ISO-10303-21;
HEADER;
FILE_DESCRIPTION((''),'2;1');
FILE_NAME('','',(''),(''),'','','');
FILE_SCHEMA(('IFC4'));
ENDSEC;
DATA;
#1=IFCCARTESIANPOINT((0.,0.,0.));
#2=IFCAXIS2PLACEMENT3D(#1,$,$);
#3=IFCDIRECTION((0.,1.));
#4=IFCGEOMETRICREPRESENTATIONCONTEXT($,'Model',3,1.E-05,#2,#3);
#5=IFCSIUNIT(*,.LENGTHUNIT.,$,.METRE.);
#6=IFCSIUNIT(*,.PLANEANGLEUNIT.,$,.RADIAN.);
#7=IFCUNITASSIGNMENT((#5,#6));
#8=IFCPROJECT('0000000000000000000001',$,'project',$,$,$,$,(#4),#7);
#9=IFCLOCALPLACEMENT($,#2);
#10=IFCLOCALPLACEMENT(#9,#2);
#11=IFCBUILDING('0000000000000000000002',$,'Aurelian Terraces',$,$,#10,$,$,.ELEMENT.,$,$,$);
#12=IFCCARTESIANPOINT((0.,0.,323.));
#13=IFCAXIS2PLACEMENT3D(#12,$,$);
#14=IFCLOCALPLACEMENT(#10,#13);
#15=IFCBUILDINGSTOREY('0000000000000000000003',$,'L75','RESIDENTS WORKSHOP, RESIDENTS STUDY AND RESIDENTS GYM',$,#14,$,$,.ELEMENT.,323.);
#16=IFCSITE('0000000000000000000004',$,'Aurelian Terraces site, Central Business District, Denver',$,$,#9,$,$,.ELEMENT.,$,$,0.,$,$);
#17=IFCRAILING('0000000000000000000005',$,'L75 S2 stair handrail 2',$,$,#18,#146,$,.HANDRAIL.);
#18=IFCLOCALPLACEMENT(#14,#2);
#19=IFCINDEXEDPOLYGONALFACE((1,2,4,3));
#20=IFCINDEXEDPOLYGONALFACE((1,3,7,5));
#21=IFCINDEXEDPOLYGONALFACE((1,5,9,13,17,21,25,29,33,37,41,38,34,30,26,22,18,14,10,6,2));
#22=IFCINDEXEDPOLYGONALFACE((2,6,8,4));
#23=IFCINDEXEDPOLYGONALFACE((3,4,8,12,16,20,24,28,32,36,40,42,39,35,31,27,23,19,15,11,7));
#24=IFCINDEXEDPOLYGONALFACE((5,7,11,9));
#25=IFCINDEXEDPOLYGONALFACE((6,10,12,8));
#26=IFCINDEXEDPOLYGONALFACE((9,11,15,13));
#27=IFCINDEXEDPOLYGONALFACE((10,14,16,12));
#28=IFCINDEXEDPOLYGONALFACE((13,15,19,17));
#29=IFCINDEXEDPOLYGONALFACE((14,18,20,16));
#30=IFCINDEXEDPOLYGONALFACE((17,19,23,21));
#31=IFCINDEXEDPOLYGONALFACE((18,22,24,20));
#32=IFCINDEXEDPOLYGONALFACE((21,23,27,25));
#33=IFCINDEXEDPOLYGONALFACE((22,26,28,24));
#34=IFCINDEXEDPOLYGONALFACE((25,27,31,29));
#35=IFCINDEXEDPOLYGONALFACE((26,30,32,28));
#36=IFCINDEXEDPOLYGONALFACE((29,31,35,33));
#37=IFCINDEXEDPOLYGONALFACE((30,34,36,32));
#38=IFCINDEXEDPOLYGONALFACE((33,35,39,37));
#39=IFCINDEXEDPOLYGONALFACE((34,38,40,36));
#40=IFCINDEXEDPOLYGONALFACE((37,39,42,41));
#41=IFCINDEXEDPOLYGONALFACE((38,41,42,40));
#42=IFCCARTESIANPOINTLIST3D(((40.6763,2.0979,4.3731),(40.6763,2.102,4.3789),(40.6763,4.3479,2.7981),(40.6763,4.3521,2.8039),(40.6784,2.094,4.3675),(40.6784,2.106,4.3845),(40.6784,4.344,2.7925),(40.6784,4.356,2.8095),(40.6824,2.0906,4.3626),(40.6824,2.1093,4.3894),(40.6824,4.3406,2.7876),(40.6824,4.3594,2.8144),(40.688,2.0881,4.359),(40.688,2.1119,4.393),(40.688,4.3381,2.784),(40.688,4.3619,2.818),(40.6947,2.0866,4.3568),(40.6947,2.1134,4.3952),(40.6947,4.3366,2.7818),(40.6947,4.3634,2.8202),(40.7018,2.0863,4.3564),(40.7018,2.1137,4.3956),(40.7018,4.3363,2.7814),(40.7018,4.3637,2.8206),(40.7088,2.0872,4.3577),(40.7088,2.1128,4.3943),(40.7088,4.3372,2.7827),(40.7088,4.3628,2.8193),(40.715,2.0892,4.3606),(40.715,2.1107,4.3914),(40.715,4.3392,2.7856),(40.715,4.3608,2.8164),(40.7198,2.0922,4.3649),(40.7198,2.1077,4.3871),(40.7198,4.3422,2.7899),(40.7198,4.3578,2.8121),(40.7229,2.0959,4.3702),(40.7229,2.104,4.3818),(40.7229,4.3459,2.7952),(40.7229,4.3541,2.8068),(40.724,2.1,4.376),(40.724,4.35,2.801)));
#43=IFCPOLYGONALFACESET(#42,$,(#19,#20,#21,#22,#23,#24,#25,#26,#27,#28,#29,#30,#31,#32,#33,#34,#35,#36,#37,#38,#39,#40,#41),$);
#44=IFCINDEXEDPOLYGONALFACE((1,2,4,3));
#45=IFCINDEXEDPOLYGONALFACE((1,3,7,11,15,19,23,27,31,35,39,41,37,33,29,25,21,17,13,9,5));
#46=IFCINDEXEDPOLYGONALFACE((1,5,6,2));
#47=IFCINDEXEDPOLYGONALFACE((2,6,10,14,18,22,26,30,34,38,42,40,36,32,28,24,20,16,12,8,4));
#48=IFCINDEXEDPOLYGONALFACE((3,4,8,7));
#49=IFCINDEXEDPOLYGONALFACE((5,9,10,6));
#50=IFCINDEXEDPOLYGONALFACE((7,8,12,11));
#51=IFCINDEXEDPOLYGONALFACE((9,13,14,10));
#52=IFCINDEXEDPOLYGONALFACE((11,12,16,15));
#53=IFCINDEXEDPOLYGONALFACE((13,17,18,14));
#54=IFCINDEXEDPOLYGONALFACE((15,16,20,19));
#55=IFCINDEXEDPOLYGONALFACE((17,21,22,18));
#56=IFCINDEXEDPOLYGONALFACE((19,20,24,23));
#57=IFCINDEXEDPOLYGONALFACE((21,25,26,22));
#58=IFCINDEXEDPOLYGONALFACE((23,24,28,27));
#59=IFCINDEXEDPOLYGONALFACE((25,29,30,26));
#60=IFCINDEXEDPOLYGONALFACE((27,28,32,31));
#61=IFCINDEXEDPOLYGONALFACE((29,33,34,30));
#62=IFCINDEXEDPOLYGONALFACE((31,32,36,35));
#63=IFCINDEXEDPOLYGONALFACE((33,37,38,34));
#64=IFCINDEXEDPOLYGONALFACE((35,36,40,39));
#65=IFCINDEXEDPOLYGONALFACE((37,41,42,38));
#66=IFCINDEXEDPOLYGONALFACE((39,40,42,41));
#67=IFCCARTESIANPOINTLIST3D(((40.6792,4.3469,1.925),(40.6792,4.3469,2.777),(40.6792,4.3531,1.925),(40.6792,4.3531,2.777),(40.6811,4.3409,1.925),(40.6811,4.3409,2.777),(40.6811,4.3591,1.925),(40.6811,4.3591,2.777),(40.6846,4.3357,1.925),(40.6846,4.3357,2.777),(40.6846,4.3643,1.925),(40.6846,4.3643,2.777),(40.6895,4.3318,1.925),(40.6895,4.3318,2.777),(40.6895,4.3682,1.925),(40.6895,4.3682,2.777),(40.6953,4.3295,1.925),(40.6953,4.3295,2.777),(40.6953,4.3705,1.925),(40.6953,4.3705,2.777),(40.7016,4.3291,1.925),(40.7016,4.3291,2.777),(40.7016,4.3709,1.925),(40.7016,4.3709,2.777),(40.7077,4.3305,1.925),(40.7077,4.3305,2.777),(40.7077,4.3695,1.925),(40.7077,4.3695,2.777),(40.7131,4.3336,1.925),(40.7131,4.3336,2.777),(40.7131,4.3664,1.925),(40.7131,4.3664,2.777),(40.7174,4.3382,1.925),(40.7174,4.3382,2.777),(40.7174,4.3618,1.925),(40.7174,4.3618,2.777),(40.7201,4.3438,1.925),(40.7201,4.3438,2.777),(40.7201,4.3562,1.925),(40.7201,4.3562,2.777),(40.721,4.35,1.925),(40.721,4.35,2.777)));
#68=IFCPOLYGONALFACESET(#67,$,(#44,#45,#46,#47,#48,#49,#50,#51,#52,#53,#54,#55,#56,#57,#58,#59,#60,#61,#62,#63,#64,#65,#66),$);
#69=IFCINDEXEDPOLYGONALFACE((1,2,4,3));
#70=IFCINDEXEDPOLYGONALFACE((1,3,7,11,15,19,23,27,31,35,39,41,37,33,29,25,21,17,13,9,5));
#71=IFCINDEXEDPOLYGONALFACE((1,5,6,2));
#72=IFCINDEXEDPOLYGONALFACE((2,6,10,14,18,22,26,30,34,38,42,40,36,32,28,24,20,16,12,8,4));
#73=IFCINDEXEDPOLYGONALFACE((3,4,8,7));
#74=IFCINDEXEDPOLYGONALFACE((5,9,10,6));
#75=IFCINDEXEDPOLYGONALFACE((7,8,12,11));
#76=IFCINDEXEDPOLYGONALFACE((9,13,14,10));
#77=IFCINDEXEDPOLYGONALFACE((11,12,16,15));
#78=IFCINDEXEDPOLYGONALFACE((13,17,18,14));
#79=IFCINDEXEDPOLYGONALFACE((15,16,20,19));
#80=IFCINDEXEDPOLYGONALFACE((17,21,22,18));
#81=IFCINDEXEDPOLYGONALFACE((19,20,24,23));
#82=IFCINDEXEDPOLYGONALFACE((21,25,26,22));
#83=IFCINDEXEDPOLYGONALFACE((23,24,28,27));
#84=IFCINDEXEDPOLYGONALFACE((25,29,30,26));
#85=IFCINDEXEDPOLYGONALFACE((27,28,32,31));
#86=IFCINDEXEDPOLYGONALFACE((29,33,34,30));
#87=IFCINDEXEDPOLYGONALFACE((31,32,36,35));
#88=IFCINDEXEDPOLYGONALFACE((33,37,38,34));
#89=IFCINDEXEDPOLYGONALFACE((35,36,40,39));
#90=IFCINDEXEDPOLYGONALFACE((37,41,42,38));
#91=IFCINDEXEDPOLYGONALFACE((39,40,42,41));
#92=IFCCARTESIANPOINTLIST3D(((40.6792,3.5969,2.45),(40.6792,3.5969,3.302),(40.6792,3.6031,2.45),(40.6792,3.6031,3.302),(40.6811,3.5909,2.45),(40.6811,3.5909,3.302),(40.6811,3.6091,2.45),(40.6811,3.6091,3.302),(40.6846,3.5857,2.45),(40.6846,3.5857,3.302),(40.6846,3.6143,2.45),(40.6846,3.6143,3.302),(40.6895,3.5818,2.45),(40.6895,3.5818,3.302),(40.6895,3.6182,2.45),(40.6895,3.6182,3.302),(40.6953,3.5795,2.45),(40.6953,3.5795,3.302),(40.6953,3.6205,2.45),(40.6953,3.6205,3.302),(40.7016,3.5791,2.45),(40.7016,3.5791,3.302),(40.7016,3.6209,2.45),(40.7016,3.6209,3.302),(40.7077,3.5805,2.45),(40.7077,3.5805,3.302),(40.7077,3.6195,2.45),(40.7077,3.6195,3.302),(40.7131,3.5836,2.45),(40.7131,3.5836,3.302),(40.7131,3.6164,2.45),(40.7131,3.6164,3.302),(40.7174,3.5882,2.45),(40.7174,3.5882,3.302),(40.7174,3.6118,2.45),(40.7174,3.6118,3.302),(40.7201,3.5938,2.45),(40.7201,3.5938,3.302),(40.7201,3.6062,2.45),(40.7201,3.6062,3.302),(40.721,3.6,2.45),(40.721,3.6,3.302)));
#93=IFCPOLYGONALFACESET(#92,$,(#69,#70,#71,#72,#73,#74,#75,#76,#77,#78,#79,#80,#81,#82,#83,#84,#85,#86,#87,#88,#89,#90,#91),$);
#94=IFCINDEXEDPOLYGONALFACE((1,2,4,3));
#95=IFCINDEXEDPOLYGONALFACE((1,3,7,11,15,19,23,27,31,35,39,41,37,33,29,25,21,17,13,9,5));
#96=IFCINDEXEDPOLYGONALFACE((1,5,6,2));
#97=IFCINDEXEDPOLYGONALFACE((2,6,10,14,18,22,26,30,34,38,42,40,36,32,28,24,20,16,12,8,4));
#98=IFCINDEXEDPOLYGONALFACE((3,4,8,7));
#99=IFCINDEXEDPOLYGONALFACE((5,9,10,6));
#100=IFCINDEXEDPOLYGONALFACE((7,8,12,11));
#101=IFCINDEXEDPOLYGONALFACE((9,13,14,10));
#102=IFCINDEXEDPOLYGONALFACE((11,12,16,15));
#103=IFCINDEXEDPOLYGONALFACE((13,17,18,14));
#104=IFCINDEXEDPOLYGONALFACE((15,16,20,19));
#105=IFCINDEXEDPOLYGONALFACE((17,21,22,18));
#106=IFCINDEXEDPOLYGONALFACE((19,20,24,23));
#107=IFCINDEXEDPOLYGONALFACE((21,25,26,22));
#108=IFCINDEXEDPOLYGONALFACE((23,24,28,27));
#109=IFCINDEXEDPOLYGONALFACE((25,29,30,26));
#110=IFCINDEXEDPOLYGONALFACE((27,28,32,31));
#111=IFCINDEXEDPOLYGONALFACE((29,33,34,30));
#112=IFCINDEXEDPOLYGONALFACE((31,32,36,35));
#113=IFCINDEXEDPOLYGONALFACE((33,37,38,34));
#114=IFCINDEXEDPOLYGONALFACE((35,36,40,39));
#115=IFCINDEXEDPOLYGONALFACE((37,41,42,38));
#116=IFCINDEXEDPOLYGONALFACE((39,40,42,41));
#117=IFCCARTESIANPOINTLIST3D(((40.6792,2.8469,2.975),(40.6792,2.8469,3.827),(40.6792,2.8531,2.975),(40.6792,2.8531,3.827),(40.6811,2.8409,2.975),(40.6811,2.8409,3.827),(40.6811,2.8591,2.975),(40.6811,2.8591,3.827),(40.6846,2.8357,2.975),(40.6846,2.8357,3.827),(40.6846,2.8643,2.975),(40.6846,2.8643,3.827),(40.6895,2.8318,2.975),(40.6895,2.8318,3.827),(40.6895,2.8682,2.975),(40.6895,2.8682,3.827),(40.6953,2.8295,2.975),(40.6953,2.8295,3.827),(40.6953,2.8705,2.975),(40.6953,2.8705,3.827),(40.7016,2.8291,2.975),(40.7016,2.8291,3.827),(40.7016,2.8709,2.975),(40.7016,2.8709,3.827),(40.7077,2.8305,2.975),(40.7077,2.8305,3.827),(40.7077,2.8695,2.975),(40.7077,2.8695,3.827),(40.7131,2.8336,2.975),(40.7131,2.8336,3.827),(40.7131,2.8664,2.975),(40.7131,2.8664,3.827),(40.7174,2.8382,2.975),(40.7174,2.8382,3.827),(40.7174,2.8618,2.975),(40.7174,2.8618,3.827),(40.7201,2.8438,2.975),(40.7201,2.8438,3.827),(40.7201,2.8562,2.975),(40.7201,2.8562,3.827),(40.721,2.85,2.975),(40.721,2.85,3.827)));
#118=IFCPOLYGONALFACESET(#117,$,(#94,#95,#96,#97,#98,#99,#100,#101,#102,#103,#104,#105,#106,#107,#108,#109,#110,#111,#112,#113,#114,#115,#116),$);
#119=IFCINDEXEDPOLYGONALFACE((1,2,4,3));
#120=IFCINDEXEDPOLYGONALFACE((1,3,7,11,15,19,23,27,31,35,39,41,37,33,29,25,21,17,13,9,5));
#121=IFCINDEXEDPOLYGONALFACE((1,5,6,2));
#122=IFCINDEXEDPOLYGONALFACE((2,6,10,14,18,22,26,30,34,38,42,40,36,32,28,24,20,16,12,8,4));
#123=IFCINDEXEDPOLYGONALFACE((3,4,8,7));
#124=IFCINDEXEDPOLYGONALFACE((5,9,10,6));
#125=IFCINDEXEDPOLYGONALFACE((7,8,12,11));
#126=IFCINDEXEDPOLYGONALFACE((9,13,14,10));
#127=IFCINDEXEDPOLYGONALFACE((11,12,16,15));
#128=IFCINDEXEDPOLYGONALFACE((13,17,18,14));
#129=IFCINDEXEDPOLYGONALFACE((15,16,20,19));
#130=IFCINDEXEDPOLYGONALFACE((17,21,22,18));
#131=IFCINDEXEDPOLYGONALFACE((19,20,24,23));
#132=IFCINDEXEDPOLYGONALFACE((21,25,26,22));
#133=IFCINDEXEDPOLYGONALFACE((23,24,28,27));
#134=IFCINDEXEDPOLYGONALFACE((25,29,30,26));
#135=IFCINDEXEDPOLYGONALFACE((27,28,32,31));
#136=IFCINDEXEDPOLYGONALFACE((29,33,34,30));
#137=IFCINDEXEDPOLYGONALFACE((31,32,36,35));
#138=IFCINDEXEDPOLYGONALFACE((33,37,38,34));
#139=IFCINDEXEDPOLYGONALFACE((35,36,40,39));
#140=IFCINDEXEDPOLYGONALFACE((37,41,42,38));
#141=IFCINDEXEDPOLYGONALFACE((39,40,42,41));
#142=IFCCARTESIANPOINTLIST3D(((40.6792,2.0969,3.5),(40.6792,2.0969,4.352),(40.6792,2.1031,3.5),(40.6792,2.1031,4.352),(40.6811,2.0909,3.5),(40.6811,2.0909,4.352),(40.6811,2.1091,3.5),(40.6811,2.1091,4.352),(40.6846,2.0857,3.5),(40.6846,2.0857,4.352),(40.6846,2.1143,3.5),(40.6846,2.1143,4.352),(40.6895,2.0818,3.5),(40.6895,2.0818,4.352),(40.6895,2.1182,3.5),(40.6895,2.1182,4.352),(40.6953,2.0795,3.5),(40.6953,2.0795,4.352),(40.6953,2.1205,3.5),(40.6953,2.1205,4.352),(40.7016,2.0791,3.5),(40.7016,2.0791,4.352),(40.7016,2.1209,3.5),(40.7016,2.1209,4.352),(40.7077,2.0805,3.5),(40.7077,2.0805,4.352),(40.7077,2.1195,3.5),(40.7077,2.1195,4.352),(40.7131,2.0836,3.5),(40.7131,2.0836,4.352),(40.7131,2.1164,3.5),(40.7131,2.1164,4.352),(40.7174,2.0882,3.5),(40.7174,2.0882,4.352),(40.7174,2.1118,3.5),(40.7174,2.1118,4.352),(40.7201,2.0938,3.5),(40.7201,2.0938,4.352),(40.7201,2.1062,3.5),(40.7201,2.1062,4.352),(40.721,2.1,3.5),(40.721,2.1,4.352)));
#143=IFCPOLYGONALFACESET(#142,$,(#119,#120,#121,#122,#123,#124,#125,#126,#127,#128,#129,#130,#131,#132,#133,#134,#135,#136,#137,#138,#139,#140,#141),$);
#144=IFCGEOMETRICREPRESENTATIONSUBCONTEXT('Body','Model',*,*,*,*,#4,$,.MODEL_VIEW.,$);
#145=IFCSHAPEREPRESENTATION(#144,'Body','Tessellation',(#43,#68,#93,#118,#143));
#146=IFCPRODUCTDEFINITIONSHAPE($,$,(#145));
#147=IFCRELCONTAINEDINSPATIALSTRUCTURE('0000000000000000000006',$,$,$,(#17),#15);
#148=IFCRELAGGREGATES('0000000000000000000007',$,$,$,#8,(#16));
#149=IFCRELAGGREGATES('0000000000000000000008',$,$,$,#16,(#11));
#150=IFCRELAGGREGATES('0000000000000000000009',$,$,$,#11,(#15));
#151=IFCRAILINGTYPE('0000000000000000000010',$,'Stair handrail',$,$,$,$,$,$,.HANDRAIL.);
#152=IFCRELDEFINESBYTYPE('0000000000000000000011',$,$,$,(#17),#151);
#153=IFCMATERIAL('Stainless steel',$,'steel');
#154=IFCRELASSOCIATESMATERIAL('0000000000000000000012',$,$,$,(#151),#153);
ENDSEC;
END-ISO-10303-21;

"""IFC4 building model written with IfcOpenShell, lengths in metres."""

from ifc_helpers import new_model, si_unit, direction, frame, origin, origin_2d, place, context, subcontext, project, spatial, circle, extrude, source, transform, mapped, material, type_object, element, save


model = new_model("IFC4")

# Units and contexts
model_context = context("Model", 3, precision=1e-05, world=origin(), true_north=direction((0.0, 1.0)))
body_context = subcontext(model_context, "Body", "Model", "MODEL_VIEW")
ifc_project = project(units=[si_unit("LENGTHUNIT", "METRE"), si_unit("PLANEANGLEUNIT", "RADIAN")], contexts=[model_context])

# Site, building, storey
site_placement = place(None, origin())
site = spatial("IfcSite", under=ifc_project, at=site_placement, Name="Aurelian Terraces site, Central Business District, Denver", CompositionType="ELEMENT", RefElevation=0.0)
building_placement = place(site_placement, origin())
building = spatial("IfcBuilding", under=site, at=building_placement, Name="Aurelian Terraces", CompositionType="ELEMENT")
storey_placement = place(building_placement, frame((0.0, 0.0, 323.0)))
storey = spatial("IfcBuildingStorey", under=building, at=storey_placement, Name="L75", Description="RESIDENTS WORKSHOP, RESIDENTS STUDY AND RESIDENTS GYM", CompositionType="ELEMENT", Elevation=323.0)

# Railing
ifc_material_1 = material(Name="Stainless steel", Category="steel")
railing_type_1 = type_object("IfcRailingType", Name="Stair handrail", PredefinedType="HANDRAIL", material=ifc_material_1)
shared_shape_1 = source(origin(), body_context, "Body", "SweptSolid", [
    extrude(circle(Radius=0.024, at=origin_2d()), frame((0.0, 0.0, 0.876), z_axis=(0.0, -0.819232, 0.573462), x_axis=(1.0, 0.0, 0.0)), (0.0, 0.0, 1.0), 2.7465),
    extrude(circle(Radius=0.021, at=origin_2d()), origin(), (0.0, 0.0, 1.0), 0.852),
    extrude(circle(Radius=0.021, at=origin_2d()), frame((0.0, -0.75, 0.525)), (0.0, 0.0, 1.0), 0.852),
    extrude(circle(Radius=0.021, at=origin_2d()), frame((0.0, -1.5, 1.05)), (0.0, 0.0, 1.0), 0.852),
    extrude(circle(Radius=0.021, at=origin_2d()), frame((0.0, -2.25, 1.575)), (0.0, 0.0, 1.0), 0.852),
])
railing_1_placement = place(storey_placement, frame((40.7, 4.35, 1.925)))
element("IfcRailing", 1, at=railing_1_placement, inside=storey, type_object=railing_type_1, Name="L75 S2 stair handrail 2", PredefinedType="HANDRAIL", context=body_context, shape_type="MappedRepresentation", body=[
    mapped(shared_shape_1, transform((0.0, 0.0, 0.0), scale=1.0)),
])

save(model, "model.ifc")
